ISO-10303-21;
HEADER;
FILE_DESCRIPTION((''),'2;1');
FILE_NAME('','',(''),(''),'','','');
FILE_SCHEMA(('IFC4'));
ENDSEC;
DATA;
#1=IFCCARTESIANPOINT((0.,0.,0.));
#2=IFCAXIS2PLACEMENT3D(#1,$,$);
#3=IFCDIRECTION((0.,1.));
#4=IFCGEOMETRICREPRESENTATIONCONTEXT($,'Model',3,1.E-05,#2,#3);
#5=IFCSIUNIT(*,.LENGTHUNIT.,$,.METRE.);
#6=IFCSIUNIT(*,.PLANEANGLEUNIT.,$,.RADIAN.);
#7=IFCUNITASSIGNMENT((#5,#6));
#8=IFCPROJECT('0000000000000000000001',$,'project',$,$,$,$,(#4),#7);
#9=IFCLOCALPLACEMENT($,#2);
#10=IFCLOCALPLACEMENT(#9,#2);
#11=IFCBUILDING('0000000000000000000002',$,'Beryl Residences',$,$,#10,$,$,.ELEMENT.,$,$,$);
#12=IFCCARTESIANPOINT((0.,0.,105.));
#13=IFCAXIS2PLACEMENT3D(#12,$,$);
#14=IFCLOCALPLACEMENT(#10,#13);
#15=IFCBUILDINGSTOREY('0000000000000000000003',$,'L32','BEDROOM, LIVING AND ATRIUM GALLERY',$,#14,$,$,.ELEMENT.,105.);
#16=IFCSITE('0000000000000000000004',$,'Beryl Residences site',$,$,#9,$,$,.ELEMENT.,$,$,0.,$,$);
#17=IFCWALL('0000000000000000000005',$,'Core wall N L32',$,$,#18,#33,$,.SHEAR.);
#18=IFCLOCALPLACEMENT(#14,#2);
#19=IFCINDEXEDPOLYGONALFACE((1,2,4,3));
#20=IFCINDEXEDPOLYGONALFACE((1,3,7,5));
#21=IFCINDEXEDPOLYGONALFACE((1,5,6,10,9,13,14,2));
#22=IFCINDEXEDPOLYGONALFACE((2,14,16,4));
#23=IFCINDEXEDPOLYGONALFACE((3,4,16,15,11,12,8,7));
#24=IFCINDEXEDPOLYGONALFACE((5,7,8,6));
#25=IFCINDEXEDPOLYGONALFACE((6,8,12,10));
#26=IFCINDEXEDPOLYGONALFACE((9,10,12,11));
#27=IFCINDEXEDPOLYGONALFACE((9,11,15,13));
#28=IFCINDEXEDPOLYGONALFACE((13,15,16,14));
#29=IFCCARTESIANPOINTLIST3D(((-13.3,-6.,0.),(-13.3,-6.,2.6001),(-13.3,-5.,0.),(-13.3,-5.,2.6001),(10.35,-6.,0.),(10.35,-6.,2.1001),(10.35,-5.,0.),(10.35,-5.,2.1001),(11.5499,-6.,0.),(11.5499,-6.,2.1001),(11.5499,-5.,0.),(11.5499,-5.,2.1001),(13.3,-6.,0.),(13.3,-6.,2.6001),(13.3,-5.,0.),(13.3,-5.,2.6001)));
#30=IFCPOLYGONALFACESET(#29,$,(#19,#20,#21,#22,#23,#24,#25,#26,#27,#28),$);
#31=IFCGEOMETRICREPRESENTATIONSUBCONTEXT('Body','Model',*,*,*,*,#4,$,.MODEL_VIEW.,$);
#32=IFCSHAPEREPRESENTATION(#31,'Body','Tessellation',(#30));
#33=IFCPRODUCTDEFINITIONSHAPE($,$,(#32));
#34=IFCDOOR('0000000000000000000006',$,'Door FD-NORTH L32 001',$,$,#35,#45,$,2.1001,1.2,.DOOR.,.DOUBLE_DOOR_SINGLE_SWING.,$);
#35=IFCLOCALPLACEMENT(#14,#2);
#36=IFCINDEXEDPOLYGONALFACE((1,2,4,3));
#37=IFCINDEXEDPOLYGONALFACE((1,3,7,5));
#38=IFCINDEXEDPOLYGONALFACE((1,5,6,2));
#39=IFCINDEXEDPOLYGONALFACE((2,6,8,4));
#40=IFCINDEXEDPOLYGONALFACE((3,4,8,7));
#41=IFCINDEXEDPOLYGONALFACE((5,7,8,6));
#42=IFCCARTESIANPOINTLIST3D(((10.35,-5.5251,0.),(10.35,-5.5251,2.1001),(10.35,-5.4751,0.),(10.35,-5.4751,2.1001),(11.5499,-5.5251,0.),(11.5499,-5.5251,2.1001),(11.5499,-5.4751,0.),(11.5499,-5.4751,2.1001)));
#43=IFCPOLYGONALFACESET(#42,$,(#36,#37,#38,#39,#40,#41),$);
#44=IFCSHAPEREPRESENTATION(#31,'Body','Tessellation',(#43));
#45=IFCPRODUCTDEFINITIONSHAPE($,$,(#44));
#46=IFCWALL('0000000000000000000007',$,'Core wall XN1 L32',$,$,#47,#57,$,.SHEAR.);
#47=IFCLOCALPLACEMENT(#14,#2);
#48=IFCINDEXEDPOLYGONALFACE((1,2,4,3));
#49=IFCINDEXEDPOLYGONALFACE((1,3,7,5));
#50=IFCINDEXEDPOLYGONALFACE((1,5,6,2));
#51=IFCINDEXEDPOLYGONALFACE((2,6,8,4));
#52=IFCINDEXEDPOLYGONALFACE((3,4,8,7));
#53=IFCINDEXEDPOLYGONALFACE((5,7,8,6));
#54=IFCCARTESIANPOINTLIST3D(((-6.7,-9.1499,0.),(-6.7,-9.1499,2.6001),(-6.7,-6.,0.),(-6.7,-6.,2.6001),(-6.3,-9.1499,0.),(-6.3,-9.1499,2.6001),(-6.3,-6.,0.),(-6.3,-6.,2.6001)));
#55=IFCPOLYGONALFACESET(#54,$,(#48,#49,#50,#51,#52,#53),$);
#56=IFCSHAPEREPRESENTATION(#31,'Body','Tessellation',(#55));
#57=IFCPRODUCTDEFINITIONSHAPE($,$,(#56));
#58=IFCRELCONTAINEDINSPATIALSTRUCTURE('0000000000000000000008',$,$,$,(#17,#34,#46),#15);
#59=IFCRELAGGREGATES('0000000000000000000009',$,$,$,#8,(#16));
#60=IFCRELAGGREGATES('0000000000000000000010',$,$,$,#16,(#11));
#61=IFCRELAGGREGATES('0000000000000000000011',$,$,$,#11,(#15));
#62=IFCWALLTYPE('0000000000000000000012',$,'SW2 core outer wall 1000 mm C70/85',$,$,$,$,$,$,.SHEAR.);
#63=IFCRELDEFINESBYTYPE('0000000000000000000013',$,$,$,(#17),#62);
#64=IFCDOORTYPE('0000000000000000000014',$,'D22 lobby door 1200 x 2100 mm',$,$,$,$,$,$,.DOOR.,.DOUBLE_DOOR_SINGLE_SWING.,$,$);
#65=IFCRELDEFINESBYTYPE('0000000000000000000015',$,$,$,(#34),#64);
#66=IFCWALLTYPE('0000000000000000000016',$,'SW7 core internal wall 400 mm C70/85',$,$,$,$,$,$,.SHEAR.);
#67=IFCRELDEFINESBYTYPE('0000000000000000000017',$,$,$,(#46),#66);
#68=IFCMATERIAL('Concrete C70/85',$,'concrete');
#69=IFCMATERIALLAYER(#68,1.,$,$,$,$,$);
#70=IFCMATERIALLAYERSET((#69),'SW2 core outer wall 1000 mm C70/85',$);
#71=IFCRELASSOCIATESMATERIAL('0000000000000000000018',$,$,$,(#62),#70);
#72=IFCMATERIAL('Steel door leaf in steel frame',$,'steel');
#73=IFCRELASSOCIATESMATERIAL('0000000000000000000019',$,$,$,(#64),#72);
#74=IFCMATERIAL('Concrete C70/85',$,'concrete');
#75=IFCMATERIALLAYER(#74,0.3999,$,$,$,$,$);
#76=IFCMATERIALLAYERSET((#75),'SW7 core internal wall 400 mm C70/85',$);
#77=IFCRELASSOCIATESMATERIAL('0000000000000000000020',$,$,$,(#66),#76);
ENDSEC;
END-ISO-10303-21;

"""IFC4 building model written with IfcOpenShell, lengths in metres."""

from ifc_helpers import new_model, si_unit, direction, frame, frame_2d, origin, place, context, subcontext, project, spatial, rectangle, extrude, material, layer, layer_set, type_object, element, fill, save


model = new_model("IFC4")

# Units and contexts
model_context = context("Model", 3, precision=1e-05, world=origin(), true_north=direction((0.0, 1.0)))
body_context = subcontext(model_context, "Body", "Model", "MODEL_VIEW")
ifc_project = project(units=[si_unit("LENGTHUNIT", "METRE"), si_unit("PLANEANGLEUNIT", "RADIAN")], contexts=[model_context])

# Site, building, storey
site_placement = place(None, origin())
site = spatial("IfcSite", under=ifc_project, at=site_placement, Name="Beryl Residences site", CompositionType="ELEMENT", RefElevation=0.0)
building_placement = place(site_placement, origin())
building = spatial("IfcBuilding", under=site, at=building_placement, Name="Beryl Residences", CompositionType="ELEMENT")
storey_placement = place(building_placement, frame((0.0, 0.0, 105.0)))
storey = spatial("IfcBuildingStorey", under=building, at=storey_placement, Name="L32", Description="BEDROOM, LIVING AND ATRIUM GALLERY", CompositionType="ELEMENT", Elevation=105.0)

# Wall, opening, door
ifc_material_1 = material(Name="Concrete C70/85", Category="concrete")
ifc_layer_1 = layer(ifc_material_1, 1.0)
ifc_layer_set_1 = layer_set([ifc_layer_1], Name="SW2 core outer wall 1000 mm C70/85")
wall_type_1 = type_object("IfcWallType", Name="SW2 core outer wall 1000 mm C70/85", PredefinedType="SHEAR", material=ifc_layer_set_1)
wall_1_placement = place(storey_placement, frame((-13.3, -5.5, 0.0), z_axis=(0.0, 0.0, 1.0), x_axis=(1.0, 0.0, 0.0)))
wall_1 = element("IfcWall", 1, at=wall_1_placement, inside=storey, type_object=wall_type_1, Name="Core wall N L32", PredefinedType="SHEAR", context=body_context, shape_type="SweptSolid", body=[
    extrude(rectangle(XDim=26.6001, YDim=1.0, at=frame_2d((13.3, 0.0))), origin(), (0.0, 0.0, 1.0), 2.6001),
])
opening_1_placement = place(wall_1_placement, frame((23.6499, 0.0, 0.0)))
opening_1 = element("IfcOpeningElement", 2, at=opening_1_placement, cuts=wall_1, PredefinedType="OPENING", context=body_context, shape_type="SweptSolid", body=[
    extrude(rectangle(XDim=1.2, YDim=2.1001, at=frame_2d((0.6001, 1.05))), frame((0.0, 0.51, 0.0), z_axis=(0.0, -1.0, 0.0), x_axis=(1.0, 0.0, 0.0)), (0.0, 0.0, 1.0), 1.02),
])
ifc_material_2 = material(Name="Steel door leaf in steel frame", Category="steel")
door_type_1 = type_object("IfcDoorType", Name="D22 lobby door 1200 x 2100 mm", OperationType="DOUBLE_DOOR_SINGLE_SWING", PredefinedType="DOOR", material=ifc_material_2)
door_1_placement = place(opening_1_placement, origin())
door_1 = element("IfcDoor", 3, at=door_1_placement, inside=storey, type_object=door_type_1, Name="Door FD-NORTH L32 001", OperationType="DOUBLE_DOOR_SINGLE_SWING", OverallHeight=2.1001, OverallWidth=1.2, PredefinedType="DOOR", context=body_context, shape_type="SweptSolid", body=[
    extrude(rectangle(XDim=1.2, YDim=2.1001, at=frame_2d((0.6001, 1.05))), frame((0.0, 0.0249, 0.0), z_axis=(0.0, -1.0, 0.0), x_axis=(1.0, 0.0, 0.0)), (0.0, 0.0, 1.0), 0.05),
])
fill(opening_1, door_1)

# Shared definitions
ifc_material_3 = material(Name="Concrete C70/85", Category="concrete")
ifc_layer_2 = layer(ifc_material_3, 0.3999)
ifc_layer_set_2 = layer_set([ifc_layer_2], Name="SW7 core internal wall 400 mm C70/85")
wall_type_2 = type_object("IfcWallType", Name="SW7 core internal wall 400 mm C70/85", PredefinedType="SHEAR", material=ifc_layer_set_2)

# Wall
wall_2_placement = place(storey_placement, frame((-6.5, -9.1499, 0.0), z_axis=(0.0, 0.0, 1.0), x_axis=(0.0, 1.0, 0.0)))
element("IfcWall", 4, at=wall_2_placement, inside=storey, type_object=wall_type_2, Name="Core wall XN1 L32", PredefinedType="SHEAR", context=body_context, shape_type="SweptSolid", body=[
    extrude(rectangle(XDim=3.1499, YDim=0.3999, at=frame_2d((1.575, 0.0))), origin(), (0.0, 0.0, 1.0), 2.6001),
])

save(model, "model.ifc")
